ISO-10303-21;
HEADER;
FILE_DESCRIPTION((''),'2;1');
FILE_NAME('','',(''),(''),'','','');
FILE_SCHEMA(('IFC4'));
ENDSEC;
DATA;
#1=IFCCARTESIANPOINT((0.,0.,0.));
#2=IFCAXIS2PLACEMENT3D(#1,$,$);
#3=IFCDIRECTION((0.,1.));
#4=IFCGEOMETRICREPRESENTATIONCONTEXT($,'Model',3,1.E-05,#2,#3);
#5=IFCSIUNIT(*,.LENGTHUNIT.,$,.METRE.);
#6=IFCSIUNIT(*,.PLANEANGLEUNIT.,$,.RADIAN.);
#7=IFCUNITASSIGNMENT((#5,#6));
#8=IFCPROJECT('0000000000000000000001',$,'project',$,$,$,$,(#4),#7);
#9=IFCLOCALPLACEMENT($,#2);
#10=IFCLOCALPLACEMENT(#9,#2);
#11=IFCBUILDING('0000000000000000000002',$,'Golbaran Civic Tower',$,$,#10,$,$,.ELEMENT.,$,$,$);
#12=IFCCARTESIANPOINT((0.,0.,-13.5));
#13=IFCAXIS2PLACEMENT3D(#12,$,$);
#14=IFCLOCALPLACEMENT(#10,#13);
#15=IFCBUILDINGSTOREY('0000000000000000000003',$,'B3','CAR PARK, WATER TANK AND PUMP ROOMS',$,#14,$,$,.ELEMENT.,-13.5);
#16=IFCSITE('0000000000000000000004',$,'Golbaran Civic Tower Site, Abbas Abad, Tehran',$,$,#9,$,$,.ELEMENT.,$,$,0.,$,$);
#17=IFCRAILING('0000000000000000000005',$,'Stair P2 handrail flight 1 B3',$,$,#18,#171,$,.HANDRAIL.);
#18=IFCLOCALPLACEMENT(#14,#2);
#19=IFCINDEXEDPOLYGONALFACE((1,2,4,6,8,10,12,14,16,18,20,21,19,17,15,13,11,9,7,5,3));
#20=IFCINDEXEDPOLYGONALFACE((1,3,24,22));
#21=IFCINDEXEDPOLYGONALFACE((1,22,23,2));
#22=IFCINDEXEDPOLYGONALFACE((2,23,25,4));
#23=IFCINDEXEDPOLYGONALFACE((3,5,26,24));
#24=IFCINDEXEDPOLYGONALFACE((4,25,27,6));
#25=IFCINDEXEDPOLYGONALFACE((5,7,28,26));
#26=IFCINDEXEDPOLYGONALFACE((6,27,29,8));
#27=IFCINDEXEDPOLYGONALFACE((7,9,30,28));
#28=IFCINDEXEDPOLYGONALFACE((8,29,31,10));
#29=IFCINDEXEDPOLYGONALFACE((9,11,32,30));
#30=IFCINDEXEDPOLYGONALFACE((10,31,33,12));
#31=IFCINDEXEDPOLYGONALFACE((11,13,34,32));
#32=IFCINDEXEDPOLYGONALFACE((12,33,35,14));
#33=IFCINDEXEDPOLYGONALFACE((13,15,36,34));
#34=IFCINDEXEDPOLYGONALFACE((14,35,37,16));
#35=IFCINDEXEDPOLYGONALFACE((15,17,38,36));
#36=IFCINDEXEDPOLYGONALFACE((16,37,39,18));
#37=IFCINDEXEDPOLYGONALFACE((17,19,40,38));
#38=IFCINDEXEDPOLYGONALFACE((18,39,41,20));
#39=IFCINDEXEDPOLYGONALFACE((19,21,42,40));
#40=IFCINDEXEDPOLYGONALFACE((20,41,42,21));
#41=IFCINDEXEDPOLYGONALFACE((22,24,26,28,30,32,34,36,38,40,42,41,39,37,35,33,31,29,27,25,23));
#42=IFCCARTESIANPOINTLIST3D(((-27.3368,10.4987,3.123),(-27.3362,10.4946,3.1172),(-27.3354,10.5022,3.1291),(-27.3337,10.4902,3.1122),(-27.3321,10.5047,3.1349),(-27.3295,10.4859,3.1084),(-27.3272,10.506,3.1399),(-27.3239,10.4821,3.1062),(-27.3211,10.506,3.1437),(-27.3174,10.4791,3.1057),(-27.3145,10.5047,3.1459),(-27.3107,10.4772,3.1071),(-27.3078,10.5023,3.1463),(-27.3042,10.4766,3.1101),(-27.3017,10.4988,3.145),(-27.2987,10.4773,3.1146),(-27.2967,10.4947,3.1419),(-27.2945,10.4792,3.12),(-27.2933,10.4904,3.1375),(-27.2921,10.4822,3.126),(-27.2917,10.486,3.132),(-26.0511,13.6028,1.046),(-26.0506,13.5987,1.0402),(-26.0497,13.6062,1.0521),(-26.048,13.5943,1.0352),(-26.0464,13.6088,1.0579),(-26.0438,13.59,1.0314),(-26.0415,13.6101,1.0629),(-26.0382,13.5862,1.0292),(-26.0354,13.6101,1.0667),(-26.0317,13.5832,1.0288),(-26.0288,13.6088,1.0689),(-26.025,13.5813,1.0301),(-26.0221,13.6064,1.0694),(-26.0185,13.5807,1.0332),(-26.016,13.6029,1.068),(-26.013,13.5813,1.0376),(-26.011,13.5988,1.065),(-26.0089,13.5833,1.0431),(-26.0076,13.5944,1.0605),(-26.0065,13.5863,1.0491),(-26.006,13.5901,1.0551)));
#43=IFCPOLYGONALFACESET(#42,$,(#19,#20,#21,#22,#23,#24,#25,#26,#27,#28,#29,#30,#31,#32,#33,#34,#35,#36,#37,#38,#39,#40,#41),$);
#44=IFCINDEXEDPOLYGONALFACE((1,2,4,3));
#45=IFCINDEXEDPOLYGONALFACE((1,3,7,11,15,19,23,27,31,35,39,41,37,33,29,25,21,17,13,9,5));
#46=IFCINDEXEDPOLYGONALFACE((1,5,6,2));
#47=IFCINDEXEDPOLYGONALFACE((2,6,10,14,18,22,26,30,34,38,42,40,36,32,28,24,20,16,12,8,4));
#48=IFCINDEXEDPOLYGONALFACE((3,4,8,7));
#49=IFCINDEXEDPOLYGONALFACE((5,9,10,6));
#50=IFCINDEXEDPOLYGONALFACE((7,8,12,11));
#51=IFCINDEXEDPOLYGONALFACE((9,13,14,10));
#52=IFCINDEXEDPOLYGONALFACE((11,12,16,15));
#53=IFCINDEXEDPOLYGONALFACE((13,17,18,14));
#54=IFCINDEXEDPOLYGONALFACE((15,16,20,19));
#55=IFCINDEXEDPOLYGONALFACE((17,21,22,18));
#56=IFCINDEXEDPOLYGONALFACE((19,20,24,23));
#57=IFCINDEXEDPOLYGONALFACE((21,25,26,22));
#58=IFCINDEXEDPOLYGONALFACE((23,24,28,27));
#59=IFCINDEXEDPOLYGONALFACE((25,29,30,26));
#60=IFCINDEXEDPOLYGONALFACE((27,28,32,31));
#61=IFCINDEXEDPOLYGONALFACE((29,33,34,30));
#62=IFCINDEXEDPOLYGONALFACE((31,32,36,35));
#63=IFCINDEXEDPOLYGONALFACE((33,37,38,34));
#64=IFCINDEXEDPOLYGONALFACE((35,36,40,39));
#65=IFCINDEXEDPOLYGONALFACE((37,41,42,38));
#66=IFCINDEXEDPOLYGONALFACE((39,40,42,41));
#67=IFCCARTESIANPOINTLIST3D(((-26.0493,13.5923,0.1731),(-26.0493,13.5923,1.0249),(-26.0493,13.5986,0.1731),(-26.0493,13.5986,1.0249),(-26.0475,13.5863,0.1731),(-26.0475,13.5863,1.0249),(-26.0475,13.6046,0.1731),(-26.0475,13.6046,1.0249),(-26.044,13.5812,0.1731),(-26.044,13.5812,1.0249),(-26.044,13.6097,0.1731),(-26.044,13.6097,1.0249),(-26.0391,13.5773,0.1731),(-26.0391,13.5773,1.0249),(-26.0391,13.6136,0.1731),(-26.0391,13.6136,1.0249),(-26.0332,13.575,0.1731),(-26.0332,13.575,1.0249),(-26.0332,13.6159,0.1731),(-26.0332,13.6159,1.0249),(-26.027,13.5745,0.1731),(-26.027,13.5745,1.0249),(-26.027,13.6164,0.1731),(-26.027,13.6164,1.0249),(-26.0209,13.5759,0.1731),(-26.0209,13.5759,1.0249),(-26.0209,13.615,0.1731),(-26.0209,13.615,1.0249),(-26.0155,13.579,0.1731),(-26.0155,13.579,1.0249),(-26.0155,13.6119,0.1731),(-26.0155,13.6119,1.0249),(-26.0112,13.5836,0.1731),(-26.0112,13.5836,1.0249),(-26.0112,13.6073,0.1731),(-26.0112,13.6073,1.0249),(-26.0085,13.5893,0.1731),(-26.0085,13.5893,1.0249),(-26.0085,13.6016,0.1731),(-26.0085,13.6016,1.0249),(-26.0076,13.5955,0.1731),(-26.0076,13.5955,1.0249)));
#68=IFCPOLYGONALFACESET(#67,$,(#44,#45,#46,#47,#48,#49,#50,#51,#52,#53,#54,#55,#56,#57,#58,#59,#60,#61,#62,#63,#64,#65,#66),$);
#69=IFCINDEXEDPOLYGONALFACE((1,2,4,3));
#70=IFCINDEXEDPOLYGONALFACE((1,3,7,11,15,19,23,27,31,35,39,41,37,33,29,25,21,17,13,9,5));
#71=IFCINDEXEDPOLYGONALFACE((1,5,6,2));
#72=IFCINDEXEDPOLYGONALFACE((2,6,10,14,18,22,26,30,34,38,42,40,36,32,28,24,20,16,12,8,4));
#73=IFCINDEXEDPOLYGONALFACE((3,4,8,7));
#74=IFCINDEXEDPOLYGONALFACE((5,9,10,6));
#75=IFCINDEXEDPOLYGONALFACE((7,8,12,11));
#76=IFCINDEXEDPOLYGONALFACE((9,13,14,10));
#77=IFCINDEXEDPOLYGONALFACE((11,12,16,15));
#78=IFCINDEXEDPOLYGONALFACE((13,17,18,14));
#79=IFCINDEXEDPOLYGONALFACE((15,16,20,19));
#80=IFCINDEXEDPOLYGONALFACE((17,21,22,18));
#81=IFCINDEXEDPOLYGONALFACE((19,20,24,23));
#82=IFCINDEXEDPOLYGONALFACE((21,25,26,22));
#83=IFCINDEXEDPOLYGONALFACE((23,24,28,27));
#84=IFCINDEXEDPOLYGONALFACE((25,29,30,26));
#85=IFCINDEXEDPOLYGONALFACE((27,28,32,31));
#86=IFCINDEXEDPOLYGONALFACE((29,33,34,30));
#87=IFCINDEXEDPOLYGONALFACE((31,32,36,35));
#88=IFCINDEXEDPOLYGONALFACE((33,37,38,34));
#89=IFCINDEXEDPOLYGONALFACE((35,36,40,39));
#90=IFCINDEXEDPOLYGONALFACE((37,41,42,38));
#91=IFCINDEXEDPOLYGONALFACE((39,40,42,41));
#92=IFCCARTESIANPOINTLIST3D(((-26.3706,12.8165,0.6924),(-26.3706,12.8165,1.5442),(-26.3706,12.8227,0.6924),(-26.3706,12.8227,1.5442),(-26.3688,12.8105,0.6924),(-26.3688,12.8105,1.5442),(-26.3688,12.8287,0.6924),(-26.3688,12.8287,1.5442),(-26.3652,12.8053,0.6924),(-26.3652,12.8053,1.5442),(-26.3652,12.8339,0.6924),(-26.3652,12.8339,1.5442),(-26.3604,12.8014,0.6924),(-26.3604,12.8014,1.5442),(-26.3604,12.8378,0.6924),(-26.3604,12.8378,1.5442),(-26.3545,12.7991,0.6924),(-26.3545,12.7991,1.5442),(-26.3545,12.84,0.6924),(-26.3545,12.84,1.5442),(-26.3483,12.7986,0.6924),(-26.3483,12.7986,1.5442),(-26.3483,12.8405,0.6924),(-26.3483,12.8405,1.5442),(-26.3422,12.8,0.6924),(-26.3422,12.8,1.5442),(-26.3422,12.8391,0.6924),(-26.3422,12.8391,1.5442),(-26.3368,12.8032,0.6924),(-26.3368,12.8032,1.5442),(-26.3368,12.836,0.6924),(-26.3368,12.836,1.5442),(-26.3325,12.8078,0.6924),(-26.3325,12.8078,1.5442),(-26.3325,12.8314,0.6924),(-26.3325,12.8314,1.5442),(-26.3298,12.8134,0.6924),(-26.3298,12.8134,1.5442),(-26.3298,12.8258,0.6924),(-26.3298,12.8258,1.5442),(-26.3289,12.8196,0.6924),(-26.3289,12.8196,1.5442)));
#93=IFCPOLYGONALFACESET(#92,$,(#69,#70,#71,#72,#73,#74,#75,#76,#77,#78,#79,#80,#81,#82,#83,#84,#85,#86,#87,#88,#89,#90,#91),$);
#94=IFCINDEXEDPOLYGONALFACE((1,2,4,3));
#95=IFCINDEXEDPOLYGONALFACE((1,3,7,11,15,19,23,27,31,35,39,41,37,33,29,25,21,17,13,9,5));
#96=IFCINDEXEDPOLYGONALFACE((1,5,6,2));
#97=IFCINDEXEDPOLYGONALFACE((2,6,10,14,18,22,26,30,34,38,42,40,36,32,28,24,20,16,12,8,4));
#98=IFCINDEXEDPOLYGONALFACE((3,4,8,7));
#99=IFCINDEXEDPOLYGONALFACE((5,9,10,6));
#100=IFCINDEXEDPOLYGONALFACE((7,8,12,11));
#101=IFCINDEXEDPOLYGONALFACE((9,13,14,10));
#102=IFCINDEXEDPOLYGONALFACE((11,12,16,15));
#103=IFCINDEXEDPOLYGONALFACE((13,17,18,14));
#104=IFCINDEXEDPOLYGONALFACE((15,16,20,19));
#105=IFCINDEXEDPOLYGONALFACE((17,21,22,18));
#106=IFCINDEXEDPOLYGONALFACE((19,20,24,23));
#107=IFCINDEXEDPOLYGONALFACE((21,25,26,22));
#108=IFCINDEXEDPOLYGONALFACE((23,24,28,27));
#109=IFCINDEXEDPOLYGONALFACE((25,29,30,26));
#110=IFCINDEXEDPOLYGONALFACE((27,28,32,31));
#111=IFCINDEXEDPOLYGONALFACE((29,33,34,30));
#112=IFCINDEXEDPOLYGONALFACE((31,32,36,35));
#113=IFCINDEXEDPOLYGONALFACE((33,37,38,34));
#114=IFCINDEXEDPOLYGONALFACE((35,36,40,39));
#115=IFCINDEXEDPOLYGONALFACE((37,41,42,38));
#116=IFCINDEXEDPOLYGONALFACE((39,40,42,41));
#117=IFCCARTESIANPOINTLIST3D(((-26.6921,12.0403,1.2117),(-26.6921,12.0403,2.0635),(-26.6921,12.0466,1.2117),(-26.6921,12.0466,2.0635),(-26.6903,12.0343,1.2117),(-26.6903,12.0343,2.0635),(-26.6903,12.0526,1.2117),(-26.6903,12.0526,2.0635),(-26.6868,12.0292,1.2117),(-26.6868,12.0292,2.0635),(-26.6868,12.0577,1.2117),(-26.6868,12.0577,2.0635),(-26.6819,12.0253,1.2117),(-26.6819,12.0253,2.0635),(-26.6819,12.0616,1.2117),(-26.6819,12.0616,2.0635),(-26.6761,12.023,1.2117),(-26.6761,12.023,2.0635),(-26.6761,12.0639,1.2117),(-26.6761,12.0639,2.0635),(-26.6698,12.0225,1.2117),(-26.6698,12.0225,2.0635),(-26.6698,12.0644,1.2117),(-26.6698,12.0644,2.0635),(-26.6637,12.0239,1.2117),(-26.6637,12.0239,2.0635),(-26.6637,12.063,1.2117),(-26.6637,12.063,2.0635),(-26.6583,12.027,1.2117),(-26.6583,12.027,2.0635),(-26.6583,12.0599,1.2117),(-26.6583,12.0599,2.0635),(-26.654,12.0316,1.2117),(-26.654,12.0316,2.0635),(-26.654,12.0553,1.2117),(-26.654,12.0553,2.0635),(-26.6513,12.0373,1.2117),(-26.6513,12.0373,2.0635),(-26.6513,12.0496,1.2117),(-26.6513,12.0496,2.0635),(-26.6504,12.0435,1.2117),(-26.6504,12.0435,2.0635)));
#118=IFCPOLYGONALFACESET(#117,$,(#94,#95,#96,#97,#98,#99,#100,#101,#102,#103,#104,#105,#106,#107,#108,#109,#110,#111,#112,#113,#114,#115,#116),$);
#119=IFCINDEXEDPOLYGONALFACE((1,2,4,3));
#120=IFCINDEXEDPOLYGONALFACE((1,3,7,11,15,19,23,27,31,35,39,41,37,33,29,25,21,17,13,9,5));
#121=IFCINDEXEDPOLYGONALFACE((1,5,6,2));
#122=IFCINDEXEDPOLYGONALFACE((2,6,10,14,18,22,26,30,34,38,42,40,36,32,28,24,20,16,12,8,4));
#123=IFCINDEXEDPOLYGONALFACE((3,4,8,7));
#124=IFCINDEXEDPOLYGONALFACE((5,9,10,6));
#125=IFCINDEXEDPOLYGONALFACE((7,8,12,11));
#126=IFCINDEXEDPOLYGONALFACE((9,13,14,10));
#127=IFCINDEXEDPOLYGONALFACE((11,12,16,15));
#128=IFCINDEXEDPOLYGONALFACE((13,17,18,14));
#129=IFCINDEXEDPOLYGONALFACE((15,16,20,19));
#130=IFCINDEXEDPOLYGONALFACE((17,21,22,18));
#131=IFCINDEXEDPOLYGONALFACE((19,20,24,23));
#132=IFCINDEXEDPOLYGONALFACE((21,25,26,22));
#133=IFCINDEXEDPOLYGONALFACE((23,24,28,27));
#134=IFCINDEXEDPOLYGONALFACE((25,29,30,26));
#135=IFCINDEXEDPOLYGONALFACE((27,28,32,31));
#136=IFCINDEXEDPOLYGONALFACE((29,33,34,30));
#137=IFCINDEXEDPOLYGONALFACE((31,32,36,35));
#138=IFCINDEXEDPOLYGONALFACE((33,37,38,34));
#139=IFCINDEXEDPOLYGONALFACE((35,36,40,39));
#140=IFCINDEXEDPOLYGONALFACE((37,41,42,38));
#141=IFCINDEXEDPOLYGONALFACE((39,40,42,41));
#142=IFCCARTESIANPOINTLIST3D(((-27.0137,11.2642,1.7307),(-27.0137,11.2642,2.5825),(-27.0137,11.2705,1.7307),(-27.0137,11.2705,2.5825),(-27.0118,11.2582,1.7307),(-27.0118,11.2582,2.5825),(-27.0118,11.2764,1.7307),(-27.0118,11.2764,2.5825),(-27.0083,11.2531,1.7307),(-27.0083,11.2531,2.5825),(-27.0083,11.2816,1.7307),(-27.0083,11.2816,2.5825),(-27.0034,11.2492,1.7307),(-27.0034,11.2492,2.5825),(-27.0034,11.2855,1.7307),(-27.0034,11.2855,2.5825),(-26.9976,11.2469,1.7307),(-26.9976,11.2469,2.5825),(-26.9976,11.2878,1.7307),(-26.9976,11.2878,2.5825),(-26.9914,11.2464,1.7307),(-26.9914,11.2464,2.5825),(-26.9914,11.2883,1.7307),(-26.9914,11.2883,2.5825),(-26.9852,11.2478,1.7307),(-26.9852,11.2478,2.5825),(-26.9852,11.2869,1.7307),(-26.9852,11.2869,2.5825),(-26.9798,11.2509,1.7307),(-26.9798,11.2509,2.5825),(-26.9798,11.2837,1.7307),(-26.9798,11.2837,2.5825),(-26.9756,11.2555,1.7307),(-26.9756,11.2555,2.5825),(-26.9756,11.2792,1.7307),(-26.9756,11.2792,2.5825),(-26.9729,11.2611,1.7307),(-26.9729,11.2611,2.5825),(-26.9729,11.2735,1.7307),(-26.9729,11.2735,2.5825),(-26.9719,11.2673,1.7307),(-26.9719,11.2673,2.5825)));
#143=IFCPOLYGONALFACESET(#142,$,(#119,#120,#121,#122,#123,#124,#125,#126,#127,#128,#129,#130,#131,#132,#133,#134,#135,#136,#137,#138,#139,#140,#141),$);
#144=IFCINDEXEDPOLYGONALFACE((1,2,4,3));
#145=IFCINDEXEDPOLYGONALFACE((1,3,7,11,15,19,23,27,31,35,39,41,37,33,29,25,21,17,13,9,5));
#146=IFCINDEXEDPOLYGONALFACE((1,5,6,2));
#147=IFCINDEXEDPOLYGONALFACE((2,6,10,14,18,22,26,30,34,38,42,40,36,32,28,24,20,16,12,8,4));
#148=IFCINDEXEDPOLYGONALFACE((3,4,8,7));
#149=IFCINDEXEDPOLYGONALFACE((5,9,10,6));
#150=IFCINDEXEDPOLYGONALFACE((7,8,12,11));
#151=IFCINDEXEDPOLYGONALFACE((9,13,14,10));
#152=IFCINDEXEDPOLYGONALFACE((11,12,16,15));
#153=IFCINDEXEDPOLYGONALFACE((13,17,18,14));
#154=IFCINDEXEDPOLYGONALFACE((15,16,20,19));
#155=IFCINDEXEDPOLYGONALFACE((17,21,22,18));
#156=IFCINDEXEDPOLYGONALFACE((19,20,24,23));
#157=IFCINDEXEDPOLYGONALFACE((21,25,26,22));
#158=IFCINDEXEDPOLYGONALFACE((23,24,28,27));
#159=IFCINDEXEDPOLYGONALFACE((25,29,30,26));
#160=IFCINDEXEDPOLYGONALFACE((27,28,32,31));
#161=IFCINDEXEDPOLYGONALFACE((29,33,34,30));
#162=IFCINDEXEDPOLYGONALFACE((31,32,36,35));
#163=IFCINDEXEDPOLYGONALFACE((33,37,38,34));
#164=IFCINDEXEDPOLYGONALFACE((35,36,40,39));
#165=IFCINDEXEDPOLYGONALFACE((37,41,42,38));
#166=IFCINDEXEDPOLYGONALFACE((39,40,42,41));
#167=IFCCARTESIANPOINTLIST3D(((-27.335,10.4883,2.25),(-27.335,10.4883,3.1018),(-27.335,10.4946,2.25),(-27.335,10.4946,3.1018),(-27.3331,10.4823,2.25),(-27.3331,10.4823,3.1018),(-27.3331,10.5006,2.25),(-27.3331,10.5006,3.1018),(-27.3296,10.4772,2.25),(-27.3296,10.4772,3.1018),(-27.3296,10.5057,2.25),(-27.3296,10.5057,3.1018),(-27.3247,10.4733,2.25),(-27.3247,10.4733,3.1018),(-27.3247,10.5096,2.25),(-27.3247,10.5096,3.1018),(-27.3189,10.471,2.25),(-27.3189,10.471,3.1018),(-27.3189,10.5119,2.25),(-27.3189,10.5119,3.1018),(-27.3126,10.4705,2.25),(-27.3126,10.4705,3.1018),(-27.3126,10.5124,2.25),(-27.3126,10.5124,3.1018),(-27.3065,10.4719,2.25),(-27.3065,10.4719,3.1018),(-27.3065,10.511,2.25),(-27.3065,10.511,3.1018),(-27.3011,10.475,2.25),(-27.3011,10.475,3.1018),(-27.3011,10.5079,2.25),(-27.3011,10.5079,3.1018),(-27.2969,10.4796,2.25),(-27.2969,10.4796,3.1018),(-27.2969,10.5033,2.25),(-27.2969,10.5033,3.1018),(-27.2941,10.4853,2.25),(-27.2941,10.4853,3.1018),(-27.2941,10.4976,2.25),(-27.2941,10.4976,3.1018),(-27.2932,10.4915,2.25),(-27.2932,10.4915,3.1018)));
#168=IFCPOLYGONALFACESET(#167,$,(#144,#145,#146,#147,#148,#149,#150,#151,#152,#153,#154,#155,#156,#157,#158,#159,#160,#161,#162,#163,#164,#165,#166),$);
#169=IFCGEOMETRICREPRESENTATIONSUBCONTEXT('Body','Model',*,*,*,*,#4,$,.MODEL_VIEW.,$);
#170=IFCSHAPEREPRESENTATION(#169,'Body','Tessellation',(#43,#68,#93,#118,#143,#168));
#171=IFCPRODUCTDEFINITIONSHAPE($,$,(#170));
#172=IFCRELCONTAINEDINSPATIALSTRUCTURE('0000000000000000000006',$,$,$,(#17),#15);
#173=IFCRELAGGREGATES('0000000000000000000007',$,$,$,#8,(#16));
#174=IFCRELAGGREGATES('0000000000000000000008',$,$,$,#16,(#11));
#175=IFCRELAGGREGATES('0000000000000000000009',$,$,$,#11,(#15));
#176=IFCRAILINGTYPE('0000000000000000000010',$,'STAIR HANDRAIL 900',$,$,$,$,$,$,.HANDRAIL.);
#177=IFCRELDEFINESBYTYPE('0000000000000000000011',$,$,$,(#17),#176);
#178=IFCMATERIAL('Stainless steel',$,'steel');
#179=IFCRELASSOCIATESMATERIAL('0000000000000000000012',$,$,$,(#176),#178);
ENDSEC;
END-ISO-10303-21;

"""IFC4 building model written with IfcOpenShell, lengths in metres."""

from ifc_helpers import new_model, si_unit, direction, frame, origin, origin_2d, place, context, subcontext, project, spatial, circle, extrude, material, type_object, element, save


model = new_model("IFC4")

# Units and contexts
model_context = context("Model", 3, precision=1e-05, world=origin(), true_north=direction((0.0, 1.0)))
body_context = subcontext(model_context, "Body", "Model", "MODEL_VIEW")
ifc_project = project(units=[si_unit("LENGTHUNIT", "METRE"), si_unit("PLANEANGLEUNIT", "RADIAN")], contexts=[model_context])

# Site, building, storey
site_placement = place(None, origin())
site = spatial("IfcSite", under=ifc_project, at=site_placement, Name="Golbaran Civic Tower Site, Abbas Abad, Tehran", CompositionType="ELEMENT", RefElevation=0.0)
building_placement = place(site_placement, origin())
building = spatial("IfcBuilding", under=site, at=building_placement, Name="Golbaran Civic Tower", CompositionType="ELEMENT")
storey_placement = place(building_placement, frame((0.0, 0.0, -13.5)))
storey = spatial("IfcBuildingStorey", under=building, at=storey_placement, Name="B3", Description="CAR PARK, WATER TANK AND PUMP ROOMS", CompositionType="ELEMENT", Elevation=-13.5)

# Railing
ifc_material_1 = material(Name="Stainless steel", Category="steel")
railing_type_1 = type_object("IfcRailingType", Name="STAIR HANDRAIL 900", PredefinedType="HANDRAIL", material=ifc_material_1)
railing_1_placement = place(storey_placement, frame((-26.0286, 13.5955, 0.1731)))
element("IfcRailing", 1, at=railing_1_placement, inside=storey, type_object=railing_type_1, Name="Stair P2 handrail flight 1 B3", PredefinedType="HANDRAIL", context=body_context, shape_type="SweptSolid", body=[
    extrude(circle(Radius=0.0239, at=origin_2d()), frame((0.0, 0.0, 0.876), z_axis=(-0.325493, -0.785855, 0.52582), x_axis=(0.923888, -0.382664, 0.0)), (0.0, 0.0, 1.0), 3.95),
    extrude(circle(Radius=0.021, at=origin_2d()), origin(), (0.0, 0.0, 1.0), 0.8518),
    extrude(circle(Radius=0.021, at=origin_2d()), frame((-0.3213, -0.7759, 0.5193)), (0.0, 0.0, 1.0), 0.8518),
    extrude(circle(Radius=0.021, at=origin_2d()), frame((-0.6428, -1.552, 1.0386)), (0.0, 0.0, 1.0), 0.8518),
    extrude(circle(Radius=0.021, at=origin_2d()), frame((-0.9644, -2.3281, 1.5576)), (0.0, 0.0, 1.0), 0.8518),
    extrude(circle(Radius=0.021, at=origin_2d()), frame((-1.2856, -3.104, 2.0769)), (0.0, 0.0, 1.0), 0.8518),
])

save(model, "model.ifc")
